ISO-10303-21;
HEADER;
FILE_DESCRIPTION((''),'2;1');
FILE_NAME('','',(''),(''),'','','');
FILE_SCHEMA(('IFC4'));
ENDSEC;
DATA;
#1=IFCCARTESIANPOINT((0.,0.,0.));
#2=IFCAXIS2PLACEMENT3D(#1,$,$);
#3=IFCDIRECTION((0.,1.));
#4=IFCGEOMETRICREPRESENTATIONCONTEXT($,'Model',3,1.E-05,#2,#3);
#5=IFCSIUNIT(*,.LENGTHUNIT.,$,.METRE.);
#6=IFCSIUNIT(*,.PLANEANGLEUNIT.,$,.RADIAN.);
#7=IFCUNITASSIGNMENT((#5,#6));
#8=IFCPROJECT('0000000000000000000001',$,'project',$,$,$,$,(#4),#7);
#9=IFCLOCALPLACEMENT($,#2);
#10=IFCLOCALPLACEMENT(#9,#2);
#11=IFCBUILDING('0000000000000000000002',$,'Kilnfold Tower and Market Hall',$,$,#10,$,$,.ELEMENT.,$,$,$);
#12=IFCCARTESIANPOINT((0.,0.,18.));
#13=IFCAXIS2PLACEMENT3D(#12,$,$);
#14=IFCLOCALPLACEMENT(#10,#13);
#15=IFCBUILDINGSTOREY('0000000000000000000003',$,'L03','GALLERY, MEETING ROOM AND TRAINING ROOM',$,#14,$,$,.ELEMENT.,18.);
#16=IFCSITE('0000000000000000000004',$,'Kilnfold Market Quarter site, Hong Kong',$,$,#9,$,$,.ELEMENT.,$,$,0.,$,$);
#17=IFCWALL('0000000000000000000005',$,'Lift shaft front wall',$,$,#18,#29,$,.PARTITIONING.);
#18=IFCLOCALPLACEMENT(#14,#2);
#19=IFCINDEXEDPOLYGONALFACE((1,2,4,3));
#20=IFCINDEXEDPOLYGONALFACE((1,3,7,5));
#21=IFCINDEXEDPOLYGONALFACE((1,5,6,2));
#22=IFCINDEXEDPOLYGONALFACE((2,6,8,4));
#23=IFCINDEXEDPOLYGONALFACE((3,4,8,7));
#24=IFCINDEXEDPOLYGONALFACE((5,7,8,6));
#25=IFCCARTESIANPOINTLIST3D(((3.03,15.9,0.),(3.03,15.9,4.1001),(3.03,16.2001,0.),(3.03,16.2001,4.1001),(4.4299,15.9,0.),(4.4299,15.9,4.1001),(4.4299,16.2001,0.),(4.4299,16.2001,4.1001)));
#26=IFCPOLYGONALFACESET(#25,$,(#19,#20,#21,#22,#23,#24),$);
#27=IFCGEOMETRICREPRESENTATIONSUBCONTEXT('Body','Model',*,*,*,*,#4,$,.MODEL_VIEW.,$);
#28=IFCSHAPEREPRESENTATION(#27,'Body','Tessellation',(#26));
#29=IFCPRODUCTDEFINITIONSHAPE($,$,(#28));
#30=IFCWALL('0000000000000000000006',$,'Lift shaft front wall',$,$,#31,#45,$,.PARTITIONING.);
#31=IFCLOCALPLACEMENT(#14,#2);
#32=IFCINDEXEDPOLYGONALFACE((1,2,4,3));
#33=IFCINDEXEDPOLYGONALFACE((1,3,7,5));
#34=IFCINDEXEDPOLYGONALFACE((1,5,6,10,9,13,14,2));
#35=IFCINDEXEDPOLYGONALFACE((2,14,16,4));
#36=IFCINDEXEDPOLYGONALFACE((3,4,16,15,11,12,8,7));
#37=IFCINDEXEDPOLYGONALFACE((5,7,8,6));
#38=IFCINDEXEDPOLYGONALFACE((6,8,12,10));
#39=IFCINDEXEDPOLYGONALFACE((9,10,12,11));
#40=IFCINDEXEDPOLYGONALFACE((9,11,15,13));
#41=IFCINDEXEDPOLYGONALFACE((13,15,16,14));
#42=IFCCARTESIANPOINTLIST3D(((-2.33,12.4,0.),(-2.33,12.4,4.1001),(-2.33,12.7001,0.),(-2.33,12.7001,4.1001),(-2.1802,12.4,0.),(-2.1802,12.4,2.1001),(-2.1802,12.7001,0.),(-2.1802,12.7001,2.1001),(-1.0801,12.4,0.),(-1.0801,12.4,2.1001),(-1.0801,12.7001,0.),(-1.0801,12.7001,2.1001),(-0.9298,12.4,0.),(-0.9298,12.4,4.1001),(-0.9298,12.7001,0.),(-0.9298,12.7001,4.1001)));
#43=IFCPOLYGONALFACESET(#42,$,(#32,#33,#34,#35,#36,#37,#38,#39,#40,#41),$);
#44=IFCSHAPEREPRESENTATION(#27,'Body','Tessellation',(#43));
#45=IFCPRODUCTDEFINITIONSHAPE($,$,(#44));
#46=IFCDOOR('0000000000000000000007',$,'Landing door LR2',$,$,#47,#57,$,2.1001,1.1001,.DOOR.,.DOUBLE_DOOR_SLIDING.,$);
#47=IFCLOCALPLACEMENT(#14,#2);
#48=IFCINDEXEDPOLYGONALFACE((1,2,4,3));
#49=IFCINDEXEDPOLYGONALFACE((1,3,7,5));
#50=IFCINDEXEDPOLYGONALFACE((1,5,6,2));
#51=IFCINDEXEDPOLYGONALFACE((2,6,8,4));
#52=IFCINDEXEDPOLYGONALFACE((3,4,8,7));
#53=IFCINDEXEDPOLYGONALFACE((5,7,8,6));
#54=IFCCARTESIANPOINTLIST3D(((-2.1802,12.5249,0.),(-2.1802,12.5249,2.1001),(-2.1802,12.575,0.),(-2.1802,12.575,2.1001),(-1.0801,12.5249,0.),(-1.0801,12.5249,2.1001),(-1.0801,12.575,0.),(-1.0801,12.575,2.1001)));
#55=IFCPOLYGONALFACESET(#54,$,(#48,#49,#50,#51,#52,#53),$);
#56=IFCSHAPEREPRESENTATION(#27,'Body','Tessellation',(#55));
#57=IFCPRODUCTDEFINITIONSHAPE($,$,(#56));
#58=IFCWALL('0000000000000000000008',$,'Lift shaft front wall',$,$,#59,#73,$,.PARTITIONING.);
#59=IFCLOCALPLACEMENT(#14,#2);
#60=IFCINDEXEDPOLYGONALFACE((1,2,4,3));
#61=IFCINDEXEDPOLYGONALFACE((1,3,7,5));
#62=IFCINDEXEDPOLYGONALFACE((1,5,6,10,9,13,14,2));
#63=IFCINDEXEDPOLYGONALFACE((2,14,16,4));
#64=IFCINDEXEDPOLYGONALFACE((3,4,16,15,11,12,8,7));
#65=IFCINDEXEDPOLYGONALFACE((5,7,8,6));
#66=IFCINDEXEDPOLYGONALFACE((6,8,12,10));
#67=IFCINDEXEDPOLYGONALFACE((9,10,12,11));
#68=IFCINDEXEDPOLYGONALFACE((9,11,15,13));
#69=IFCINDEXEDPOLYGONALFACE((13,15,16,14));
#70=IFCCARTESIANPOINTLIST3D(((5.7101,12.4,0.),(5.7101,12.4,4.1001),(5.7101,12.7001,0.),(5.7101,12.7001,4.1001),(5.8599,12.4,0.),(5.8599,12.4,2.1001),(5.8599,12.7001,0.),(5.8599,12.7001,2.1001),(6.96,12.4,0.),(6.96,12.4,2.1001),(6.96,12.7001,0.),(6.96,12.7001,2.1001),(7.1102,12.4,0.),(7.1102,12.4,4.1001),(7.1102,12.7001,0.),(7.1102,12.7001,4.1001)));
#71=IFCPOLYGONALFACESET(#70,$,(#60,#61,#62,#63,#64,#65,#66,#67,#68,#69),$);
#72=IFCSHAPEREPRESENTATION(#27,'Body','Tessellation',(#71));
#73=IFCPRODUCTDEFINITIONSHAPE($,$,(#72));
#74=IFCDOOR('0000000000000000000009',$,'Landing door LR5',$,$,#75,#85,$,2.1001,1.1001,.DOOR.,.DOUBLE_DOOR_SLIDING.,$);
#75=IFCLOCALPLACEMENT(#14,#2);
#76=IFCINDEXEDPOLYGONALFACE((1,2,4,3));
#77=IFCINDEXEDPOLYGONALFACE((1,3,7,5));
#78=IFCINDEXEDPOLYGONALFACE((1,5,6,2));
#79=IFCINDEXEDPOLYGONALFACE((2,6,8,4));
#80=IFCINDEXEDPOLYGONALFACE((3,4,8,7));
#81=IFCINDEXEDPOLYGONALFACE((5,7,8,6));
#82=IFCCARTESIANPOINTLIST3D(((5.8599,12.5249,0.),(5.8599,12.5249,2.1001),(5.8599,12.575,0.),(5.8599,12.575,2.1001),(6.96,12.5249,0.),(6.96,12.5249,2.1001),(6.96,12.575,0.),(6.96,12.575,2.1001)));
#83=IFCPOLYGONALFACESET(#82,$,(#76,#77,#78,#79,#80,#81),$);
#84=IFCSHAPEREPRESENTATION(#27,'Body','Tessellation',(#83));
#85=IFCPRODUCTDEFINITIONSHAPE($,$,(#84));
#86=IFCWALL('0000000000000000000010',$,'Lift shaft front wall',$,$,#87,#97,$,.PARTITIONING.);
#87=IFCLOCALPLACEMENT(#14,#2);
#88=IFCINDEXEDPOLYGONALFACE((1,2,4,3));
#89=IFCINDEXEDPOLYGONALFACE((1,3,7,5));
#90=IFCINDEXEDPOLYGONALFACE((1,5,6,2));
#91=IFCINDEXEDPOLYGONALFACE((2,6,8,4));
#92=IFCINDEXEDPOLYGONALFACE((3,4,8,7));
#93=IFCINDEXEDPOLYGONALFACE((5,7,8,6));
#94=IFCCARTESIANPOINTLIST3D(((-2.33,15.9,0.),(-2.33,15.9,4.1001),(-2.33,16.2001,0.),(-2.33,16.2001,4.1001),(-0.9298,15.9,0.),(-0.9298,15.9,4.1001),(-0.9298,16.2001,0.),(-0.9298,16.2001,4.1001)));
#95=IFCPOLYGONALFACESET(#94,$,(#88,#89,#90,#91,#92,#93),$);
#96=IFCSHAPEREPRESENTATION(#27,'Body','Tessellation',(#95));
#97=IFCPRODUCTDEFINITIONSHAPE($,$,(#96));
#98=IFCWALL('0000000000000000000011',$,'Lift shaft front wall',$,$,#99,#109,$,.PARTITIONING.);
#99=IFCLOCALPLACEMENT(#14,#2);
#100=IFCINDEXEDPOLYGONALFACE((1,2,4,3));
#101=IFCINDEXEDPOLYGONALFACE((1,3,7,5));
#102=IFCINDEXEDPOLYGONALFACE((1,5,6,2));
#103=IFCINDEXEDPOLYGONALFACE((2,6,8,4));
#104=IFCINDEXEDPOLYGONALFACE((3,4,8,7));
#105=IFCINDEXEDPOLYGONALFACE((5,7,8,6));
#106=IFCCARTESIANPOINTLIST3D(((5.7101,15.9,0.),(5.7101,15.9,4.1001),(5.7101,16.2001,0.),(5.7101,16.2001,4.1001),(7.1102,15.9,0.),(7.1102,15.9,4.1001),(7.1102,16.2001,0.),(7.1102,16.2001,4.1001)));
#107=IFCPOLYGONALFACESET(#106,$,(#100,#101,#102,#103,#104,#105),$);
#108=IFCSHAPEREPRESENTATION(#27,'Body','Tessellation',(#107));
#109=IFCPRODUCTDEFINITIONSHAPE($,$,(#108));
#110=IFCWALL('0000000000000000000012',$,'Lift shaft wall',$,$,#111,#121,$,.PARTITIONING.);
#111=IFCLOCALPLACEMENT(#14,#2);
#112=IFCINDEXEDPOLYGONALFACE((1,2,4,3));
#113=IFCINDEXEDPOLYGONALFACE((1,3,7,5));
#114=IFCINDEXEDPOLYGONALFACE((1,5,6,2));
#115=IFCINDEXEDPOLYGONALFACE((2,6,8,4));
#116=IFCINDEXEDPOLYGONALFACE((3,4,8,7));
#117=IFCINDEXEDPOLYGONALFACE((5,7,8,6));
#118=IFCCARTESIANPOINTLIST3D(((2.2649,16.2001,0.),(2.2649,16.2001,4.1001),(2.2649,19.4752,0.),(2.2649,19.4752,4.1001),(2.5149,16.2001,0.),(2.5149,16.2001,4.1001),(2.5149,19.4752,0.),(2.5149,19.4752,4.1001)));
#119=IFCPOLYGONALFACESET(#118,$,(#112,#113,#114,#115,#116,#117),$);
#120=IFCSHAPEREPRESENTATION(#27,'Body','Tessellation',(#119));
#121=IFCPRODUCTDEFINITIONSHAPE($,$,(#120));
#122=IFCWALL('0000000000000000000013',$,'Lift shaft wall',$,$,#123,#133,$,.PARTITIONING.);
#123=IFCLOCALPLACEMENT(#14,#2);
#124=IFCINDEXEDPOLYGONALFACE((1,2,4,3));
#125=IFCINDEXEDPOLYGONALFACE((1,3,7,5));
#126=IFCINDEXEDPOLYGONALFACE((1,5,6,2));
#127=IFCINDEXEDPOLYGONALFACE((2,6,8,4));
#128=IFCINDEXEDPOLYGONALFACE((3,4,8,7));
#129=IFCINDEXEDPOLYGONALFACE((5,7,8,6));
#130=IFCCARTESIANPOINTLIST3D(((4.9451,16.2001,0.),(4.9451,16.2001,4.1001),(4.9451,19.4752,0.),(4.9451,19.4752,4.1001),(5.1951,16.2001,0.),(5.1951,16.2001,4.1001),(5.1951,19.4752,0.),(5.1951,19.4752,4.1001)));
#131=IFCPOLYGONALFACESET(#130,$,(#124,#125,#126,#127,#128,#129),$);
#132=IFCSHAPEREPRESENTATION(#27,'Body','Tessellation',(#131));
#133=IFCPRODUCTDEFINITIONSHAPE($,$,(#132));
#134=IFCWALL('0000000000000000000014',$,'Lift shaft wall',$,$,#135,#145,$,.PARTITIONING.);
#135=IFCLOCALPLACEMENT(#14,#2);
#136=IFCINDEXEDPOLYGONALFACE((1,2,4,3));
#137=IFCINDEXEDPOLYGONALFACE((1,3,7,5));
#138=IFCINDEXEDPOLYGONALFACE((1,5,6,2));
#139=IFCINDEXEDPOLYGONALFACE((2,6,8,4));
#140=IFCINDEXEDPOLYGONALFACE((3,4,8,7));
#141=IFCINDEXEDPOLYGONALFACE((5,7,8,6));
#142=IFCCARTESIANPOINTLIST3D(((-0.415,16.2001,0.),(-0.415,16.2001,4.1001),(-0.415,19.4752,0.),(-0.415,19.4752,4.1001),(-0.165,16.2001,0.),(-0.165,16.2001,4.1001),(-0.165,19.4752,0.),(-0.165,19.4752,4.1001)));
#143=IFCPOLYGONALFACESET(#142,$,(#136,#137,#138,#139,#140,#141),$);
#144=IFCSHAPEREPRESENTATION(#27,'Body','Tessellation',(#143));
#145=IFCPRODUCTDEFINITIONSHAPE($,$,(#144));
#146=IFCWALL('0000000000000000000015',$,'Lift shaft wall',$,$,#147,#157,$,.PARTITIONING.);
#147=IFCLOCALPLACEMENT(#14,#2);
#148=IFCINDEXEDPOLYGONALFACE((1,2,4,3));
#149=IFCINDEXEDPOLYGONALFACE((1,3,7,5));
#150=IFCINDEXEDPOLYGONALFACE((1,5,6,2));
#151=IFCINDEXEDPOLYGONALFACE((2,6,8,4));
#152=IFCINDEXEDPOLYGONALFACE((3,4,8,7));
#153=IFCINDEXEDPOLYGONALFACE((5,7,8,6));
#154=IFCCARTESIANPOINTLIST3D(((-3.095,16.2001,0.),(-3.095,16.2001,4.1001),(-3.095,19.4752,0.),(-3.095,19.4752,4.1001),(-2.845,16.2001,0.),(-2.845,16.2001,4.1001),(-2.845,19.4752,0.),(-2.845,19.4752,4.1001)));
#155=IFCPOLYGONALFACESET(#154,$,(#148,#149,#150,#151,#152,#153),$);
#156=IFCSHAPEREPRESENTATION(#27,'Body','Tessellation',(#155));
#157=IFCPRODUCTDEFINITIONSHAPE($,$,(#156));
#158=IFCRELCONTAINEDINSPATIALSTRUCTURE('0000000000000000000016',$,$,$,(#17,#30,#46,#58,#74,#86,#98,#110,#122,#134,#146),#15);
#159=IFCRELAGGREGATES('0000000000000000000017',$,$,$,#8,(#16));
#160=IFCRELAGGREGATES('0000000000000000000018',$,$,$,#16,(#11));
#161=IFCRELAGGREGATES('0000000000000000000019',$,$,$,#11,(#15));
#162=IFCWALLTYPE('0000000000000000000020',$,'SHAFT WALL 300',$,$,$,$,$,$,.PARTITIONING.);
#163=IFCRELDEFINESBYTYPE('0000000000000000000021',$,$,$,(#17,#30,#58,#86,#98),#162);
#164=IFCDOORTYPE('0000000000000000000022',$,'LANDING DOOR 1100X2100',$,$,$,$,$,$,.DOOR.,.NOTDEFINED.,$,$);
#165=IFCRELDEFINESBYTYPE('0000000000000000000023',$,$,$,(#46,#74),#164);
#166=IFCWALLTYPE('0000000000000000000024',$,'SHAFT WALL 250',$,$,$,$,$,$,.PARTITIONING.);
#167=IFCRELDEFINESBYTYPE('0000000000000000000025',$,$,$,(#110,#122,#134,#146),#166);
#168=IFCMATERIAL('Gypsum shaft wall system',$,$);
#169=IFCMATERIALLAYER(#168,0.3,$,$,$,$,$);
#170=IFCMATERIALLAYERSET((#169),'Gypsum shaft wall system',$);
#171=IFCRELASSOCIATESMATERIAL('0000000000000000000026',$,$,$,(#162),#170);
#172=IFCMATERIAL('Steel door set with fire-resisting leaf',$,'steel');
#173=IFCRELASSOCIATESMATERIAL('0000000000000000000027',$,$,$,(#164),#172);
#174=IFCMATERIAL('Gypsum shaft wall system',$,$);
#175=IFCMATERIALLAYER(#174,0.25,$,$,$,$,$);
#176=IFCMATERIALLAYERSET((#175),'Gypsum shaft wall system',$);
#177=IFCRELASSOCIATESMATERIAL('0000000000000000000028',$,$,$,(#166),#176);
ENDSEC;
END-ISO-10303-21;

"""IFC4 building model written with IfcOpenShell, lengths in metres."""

from ifc_helpers import new_model, si_unit, direction, frame, frame_2d, origin, place, context, subcontext, project, spatial, rectangle, extrude, source, transform, mapped, material, layer, layer_set, type_object, element, fill, save


model = new_model("IFC4")

# Units and contexts
model_context = context("Model", 3, precision=1e-05, world=origin(), true_north=direction((0.0, 1.0)))
body_context = subcontext(model_context, "Body", "Model", "MODEL_VIEW")
ifc_project = project(units=[si_unit("LENGTHUNIT", "METRE"), si_unit("PLANEANGLEUNIT", "RADIAN")], contexts=[model_context])

# Site, building, storey
site_placement = place(None, origin())
site = spatial("IfcSite", under=ifc_project, at=site_placement, Name="Kilnfold Market Quarter site, Hong Kong", CompositionType="ELEMENT", RefElevation=0.0)
building_placement = place(site_placement, origin())
building = spatial("IfcBuilding", under=site, at=building_placement, Name="Kilnfold Tower and Market Hall", CompositionType="ELEMENT")
storey_placement = place(building_placement, frame((0.0, 0.0, 18.0)))
storey = spatial("IfcBuildingStorey", under=building, at=storey_placement, Name="L03", Description="GALLERY, MEETING ROOM AND TRAINING ROOM", CompositionType="ELEMENT", Elevation=18.0)

# Shared definitions
ifc_material_1 = material(Name="Gypsum shaft wall system")
ifc_layer_1 = layer(ifc_material_1, 0.3)
ifc_layer_set_1 = layer_set([ifc_layer_1], Name="Gypsum shaft wall system")
wall_type_1 = type_object("IfcWallType", Name="SHAFT WALL 300", PredefinedType="PARTITIONING", material=ifc_layer_set_1)
shared_shape_1 = source(origin(), body_context, "Body", "SweptSolid", [
    extrude(rectangle(XDim=1.3999, YDim=0.3, at=frame_2d((0.7, 0.0))), origin(), (0.0, 0.0, 1.0), 4.1001),
])
ifc_material_2 = material(Name="Steel door set with fire-resisting leaf", Category="steel")
door_type = type_object("IfcDoorType", Name="LANDING DOOR 1100X2100", OperationType="NOTDEFINED", PredefinedType="DOOR", material=ifc_material_2)

# Wall
for number, where, z_axis, x_axis, name in (
    (1, (3.03, 16.05, 0.0), (0.0, 0.0, 1.0), (1.0, 0.0, 0.0), "Lift shaft front wall"),
):
    element("IfcWall", number, at=place(storey_placement, frame(where, z_axis=z_axis, x_axis=x_axis)), inside=storey, type_object=wall_type_1, Name=name, PredefinedType="PARTITIONING", context=body_context, shape_type="MappedRepresentation", body=[
        mapped(shared_shape_1, transform((0.0, 0.0, 0.0))),
    ])

# Walls, openings, doors
shared_shape_2 = source(origin(), body_context, "Body", "SweptSolid", [
    extrude(rectangle(XDim=1.4001, YDim=0.3, at=frame_2d((0.7002, 0.0))), origin(), (0.0, 0.0, 1.0), 4.1001),
])
wall_1_placement = place(storey_placement, frame((-2.3301, 12.55, 0.0), z_axis=(0.0, 0.0, 1.0), x_axis=(1.0, 0.0, 0.0)))
wall_1 = element("IfcWall", 2, at=wall_1_placement, inside=storey, type_object=wall_type_1, Name="Lift shaft front wall", PredefinedType="PARTITIONING", context=body_context, shape_type="MappedRepresentation", body=[
    mapped(shared_shape_2, transform((0.0, 0.0, 0.0))),
])
opening_1_placement = place(wall_1_placement, frame((0.1499, 0.0, 0.0)))
opening_1 = element("IfcOpeningElement", 3, at=opening_1_placement, cuts=wall_1, PredefinedType="OPENING", context=body_context, shape_type="SweptSolid", body=[
    extrude(rectangle(XDim=1.1001, YDim=2.1001, at=frame_2d((0.55, 1.05))), frame((0.0, 0.1602, 0.0), z_axis=(0.0, -1.0, 0.0), x_axis=(1.0, 0.0, 0.0)), (0.0, 0.0, 1.0), 0.3201),
])
door_1_placement = place(opening_1_placement, origin())
door_1 = element("IfcDoor", 4, at=door_1_placement, inside=storey, type_object=door_type, Name="Landing door LR2", OperationType="DOUBLE_DOOR_SLIDING", OverallHeight=2.1001, OverallWidth=1.1001, PredefinedType="DOOR", context=body_context, shape_type="SweptSolid", body=[
    extrude(rectangle(XDim=1.1001, YDim=2.1001, at=frame_2d((0.55, 1.05))), frame((0.0, 0.0249, 0.0), z_axis=(0.0, -1.0, 0.0), x_axis=(1.0, 0.0, 0.0)), (0.0, 0.0, 1.0), 0.05),
])
fill(opening_1, door_1)
wall_2_placement = place(storey_placement, frame((5.71, 12.55, 0.0), z_axis=(0.0, 0.0, 1.0), x_axis=(1.0, 0.0, 0.0)))
wall_2 = element("IfcWall", 5, at=wall_2_placement, inside=storey, type_object=wall_type_1, Name="Lift shaft front wall", PredefinedType="PARTITIONING", context=body_context, shape_type="MappedRepresentation", body=[
    mapped(shared_shape_2, transform((0.0, 0.0, 0.0))),
])
opening_2_placement = place(wall_2_placement, frame((0.1499, 0.0, 0.0)))
opening_2 = element("IfcOpeningElement", 6, at=opening_2_placement, cuts=wall_2, PredefinedType="OPENING", context=body_context, shape_type="SweptSolid", body=[
    extrude(rectangle(XDim=1.1001, YDim=2.1001, at=frame_2d((0.55, 1.05))), frame((0.0, 0.1602, 0.0), z_axis=(0.0, -1.0, 0.0), x_axis=(1.0, 0.0, 0.0)), (0.0, 0.0, 1.0), 0.3201),
])
door_2_placement = place(opening_2_placement, origin())
door_2 = element("IfcDoor", 7, at=door_2_placement, inside=storey, type_object=door_type, Name="Landing door LR5", OperationType="DOUBLE_DOOR_SLIDING", OverallHeight=2.1001, OverallWidth=1.1001, PredefinedType="DOOR", context=body_context, shape_type="SweptSolid", body=[
    extrude(rectangle(XDim=1.1001, YDim=2.1001, at=frame_2d((0.55, 1.05))), frame((0.0, 0.0249, 0.0), z_axis=(0.0, -1.0, 0.0), x_axis=(1.0, 0.0, 0.0)), (0.0, 0.0, 1.0), 0.05),
])
fill(opening_2, door_2)

# Walls
for number, where, z_axis, x_axis, name in (
    (8, (-2.3301, 16.05, 0.0), (0.0, 0.0, 1.0), (1.0, 0.0, 0.0), "Lift shaft front wall"),
    (9, (5.71, 16.05, 0.0), (0.0, 0.0, 1.0), (1.0, 0.0, 0.0), "Lift shaft front wall"),
):
    element("IfcWall", number, at=place(storey_placement, frame(where, z_axis=z_axis, x_axis=x_axis)), inside=storey, type_object=wall_type_1, Name=name, PredefinedType="PARTITIONING", context=body_context, shape_type="MappedRepresentation", body=[
        mapped(shared_shape_2, transform((0.0, 0.0, 0.0))),
    ])
ifc_material_3 = material(Name="Gypsum shaft wall system")
ifc_layer_2 = layer(ifc_material_3, 0.25)
ifc_layer_set_2 = layer_set([ifc_layer_2], Name="Gypsum shaft wall system")
wall_type_2 = type_object("IfcWallType", Name="SHAFT WALL 250", PredefinedType="PARTITIONING", material=ifc_layer_set_2)
shared_shape_3 = source(origin(), body_context, "Body", "SweptSolid", [
    extrude(rectangle(XDim=3.2751, YDim=0.25, at=frame_2d((1.6377, 0.0))), origin(), (0.0, 0.0, 1.0), 4.1001),
])
for number, where, z_axis, x_axis, name in (
    (10, (2.3899, 16.2, 0.0), (0.0, 0.0, 1.0), (0.0, 1.0, 0.0), "Lift shaft wall"),
    (11, (5.0701, 16.2, 0.0), (0.0, 0.0, 1.0), (0.0, 1.0, 0.0), "Lift shaft wall"),
    (12, (-0.29, 16.2, 0.0), (0.0, 0.0, 1.0), (0.0, 1.0, 0.0), "Lift shaft wall"),
    (13, (-2.97, 16.2, 0.0), (0.0, 0.0, 1.0), (0.0, 1.0, 0.0), "Lift shaft wall"),
):
    element("IfcWall", number, at=place(storey_placement, frame(where, z_axis=z_axis, x_axis=x_axis)), inside=storey, type_object=wall_type_2, Name=name, PredefinedType="PARTITIONING", context=body_context, shape_type="MappedRepresentation", body=[
        mapped(shared_shape_3, transform((0.0, 0.0, 0.0))),
    ])

save(model, "model.ifc")
